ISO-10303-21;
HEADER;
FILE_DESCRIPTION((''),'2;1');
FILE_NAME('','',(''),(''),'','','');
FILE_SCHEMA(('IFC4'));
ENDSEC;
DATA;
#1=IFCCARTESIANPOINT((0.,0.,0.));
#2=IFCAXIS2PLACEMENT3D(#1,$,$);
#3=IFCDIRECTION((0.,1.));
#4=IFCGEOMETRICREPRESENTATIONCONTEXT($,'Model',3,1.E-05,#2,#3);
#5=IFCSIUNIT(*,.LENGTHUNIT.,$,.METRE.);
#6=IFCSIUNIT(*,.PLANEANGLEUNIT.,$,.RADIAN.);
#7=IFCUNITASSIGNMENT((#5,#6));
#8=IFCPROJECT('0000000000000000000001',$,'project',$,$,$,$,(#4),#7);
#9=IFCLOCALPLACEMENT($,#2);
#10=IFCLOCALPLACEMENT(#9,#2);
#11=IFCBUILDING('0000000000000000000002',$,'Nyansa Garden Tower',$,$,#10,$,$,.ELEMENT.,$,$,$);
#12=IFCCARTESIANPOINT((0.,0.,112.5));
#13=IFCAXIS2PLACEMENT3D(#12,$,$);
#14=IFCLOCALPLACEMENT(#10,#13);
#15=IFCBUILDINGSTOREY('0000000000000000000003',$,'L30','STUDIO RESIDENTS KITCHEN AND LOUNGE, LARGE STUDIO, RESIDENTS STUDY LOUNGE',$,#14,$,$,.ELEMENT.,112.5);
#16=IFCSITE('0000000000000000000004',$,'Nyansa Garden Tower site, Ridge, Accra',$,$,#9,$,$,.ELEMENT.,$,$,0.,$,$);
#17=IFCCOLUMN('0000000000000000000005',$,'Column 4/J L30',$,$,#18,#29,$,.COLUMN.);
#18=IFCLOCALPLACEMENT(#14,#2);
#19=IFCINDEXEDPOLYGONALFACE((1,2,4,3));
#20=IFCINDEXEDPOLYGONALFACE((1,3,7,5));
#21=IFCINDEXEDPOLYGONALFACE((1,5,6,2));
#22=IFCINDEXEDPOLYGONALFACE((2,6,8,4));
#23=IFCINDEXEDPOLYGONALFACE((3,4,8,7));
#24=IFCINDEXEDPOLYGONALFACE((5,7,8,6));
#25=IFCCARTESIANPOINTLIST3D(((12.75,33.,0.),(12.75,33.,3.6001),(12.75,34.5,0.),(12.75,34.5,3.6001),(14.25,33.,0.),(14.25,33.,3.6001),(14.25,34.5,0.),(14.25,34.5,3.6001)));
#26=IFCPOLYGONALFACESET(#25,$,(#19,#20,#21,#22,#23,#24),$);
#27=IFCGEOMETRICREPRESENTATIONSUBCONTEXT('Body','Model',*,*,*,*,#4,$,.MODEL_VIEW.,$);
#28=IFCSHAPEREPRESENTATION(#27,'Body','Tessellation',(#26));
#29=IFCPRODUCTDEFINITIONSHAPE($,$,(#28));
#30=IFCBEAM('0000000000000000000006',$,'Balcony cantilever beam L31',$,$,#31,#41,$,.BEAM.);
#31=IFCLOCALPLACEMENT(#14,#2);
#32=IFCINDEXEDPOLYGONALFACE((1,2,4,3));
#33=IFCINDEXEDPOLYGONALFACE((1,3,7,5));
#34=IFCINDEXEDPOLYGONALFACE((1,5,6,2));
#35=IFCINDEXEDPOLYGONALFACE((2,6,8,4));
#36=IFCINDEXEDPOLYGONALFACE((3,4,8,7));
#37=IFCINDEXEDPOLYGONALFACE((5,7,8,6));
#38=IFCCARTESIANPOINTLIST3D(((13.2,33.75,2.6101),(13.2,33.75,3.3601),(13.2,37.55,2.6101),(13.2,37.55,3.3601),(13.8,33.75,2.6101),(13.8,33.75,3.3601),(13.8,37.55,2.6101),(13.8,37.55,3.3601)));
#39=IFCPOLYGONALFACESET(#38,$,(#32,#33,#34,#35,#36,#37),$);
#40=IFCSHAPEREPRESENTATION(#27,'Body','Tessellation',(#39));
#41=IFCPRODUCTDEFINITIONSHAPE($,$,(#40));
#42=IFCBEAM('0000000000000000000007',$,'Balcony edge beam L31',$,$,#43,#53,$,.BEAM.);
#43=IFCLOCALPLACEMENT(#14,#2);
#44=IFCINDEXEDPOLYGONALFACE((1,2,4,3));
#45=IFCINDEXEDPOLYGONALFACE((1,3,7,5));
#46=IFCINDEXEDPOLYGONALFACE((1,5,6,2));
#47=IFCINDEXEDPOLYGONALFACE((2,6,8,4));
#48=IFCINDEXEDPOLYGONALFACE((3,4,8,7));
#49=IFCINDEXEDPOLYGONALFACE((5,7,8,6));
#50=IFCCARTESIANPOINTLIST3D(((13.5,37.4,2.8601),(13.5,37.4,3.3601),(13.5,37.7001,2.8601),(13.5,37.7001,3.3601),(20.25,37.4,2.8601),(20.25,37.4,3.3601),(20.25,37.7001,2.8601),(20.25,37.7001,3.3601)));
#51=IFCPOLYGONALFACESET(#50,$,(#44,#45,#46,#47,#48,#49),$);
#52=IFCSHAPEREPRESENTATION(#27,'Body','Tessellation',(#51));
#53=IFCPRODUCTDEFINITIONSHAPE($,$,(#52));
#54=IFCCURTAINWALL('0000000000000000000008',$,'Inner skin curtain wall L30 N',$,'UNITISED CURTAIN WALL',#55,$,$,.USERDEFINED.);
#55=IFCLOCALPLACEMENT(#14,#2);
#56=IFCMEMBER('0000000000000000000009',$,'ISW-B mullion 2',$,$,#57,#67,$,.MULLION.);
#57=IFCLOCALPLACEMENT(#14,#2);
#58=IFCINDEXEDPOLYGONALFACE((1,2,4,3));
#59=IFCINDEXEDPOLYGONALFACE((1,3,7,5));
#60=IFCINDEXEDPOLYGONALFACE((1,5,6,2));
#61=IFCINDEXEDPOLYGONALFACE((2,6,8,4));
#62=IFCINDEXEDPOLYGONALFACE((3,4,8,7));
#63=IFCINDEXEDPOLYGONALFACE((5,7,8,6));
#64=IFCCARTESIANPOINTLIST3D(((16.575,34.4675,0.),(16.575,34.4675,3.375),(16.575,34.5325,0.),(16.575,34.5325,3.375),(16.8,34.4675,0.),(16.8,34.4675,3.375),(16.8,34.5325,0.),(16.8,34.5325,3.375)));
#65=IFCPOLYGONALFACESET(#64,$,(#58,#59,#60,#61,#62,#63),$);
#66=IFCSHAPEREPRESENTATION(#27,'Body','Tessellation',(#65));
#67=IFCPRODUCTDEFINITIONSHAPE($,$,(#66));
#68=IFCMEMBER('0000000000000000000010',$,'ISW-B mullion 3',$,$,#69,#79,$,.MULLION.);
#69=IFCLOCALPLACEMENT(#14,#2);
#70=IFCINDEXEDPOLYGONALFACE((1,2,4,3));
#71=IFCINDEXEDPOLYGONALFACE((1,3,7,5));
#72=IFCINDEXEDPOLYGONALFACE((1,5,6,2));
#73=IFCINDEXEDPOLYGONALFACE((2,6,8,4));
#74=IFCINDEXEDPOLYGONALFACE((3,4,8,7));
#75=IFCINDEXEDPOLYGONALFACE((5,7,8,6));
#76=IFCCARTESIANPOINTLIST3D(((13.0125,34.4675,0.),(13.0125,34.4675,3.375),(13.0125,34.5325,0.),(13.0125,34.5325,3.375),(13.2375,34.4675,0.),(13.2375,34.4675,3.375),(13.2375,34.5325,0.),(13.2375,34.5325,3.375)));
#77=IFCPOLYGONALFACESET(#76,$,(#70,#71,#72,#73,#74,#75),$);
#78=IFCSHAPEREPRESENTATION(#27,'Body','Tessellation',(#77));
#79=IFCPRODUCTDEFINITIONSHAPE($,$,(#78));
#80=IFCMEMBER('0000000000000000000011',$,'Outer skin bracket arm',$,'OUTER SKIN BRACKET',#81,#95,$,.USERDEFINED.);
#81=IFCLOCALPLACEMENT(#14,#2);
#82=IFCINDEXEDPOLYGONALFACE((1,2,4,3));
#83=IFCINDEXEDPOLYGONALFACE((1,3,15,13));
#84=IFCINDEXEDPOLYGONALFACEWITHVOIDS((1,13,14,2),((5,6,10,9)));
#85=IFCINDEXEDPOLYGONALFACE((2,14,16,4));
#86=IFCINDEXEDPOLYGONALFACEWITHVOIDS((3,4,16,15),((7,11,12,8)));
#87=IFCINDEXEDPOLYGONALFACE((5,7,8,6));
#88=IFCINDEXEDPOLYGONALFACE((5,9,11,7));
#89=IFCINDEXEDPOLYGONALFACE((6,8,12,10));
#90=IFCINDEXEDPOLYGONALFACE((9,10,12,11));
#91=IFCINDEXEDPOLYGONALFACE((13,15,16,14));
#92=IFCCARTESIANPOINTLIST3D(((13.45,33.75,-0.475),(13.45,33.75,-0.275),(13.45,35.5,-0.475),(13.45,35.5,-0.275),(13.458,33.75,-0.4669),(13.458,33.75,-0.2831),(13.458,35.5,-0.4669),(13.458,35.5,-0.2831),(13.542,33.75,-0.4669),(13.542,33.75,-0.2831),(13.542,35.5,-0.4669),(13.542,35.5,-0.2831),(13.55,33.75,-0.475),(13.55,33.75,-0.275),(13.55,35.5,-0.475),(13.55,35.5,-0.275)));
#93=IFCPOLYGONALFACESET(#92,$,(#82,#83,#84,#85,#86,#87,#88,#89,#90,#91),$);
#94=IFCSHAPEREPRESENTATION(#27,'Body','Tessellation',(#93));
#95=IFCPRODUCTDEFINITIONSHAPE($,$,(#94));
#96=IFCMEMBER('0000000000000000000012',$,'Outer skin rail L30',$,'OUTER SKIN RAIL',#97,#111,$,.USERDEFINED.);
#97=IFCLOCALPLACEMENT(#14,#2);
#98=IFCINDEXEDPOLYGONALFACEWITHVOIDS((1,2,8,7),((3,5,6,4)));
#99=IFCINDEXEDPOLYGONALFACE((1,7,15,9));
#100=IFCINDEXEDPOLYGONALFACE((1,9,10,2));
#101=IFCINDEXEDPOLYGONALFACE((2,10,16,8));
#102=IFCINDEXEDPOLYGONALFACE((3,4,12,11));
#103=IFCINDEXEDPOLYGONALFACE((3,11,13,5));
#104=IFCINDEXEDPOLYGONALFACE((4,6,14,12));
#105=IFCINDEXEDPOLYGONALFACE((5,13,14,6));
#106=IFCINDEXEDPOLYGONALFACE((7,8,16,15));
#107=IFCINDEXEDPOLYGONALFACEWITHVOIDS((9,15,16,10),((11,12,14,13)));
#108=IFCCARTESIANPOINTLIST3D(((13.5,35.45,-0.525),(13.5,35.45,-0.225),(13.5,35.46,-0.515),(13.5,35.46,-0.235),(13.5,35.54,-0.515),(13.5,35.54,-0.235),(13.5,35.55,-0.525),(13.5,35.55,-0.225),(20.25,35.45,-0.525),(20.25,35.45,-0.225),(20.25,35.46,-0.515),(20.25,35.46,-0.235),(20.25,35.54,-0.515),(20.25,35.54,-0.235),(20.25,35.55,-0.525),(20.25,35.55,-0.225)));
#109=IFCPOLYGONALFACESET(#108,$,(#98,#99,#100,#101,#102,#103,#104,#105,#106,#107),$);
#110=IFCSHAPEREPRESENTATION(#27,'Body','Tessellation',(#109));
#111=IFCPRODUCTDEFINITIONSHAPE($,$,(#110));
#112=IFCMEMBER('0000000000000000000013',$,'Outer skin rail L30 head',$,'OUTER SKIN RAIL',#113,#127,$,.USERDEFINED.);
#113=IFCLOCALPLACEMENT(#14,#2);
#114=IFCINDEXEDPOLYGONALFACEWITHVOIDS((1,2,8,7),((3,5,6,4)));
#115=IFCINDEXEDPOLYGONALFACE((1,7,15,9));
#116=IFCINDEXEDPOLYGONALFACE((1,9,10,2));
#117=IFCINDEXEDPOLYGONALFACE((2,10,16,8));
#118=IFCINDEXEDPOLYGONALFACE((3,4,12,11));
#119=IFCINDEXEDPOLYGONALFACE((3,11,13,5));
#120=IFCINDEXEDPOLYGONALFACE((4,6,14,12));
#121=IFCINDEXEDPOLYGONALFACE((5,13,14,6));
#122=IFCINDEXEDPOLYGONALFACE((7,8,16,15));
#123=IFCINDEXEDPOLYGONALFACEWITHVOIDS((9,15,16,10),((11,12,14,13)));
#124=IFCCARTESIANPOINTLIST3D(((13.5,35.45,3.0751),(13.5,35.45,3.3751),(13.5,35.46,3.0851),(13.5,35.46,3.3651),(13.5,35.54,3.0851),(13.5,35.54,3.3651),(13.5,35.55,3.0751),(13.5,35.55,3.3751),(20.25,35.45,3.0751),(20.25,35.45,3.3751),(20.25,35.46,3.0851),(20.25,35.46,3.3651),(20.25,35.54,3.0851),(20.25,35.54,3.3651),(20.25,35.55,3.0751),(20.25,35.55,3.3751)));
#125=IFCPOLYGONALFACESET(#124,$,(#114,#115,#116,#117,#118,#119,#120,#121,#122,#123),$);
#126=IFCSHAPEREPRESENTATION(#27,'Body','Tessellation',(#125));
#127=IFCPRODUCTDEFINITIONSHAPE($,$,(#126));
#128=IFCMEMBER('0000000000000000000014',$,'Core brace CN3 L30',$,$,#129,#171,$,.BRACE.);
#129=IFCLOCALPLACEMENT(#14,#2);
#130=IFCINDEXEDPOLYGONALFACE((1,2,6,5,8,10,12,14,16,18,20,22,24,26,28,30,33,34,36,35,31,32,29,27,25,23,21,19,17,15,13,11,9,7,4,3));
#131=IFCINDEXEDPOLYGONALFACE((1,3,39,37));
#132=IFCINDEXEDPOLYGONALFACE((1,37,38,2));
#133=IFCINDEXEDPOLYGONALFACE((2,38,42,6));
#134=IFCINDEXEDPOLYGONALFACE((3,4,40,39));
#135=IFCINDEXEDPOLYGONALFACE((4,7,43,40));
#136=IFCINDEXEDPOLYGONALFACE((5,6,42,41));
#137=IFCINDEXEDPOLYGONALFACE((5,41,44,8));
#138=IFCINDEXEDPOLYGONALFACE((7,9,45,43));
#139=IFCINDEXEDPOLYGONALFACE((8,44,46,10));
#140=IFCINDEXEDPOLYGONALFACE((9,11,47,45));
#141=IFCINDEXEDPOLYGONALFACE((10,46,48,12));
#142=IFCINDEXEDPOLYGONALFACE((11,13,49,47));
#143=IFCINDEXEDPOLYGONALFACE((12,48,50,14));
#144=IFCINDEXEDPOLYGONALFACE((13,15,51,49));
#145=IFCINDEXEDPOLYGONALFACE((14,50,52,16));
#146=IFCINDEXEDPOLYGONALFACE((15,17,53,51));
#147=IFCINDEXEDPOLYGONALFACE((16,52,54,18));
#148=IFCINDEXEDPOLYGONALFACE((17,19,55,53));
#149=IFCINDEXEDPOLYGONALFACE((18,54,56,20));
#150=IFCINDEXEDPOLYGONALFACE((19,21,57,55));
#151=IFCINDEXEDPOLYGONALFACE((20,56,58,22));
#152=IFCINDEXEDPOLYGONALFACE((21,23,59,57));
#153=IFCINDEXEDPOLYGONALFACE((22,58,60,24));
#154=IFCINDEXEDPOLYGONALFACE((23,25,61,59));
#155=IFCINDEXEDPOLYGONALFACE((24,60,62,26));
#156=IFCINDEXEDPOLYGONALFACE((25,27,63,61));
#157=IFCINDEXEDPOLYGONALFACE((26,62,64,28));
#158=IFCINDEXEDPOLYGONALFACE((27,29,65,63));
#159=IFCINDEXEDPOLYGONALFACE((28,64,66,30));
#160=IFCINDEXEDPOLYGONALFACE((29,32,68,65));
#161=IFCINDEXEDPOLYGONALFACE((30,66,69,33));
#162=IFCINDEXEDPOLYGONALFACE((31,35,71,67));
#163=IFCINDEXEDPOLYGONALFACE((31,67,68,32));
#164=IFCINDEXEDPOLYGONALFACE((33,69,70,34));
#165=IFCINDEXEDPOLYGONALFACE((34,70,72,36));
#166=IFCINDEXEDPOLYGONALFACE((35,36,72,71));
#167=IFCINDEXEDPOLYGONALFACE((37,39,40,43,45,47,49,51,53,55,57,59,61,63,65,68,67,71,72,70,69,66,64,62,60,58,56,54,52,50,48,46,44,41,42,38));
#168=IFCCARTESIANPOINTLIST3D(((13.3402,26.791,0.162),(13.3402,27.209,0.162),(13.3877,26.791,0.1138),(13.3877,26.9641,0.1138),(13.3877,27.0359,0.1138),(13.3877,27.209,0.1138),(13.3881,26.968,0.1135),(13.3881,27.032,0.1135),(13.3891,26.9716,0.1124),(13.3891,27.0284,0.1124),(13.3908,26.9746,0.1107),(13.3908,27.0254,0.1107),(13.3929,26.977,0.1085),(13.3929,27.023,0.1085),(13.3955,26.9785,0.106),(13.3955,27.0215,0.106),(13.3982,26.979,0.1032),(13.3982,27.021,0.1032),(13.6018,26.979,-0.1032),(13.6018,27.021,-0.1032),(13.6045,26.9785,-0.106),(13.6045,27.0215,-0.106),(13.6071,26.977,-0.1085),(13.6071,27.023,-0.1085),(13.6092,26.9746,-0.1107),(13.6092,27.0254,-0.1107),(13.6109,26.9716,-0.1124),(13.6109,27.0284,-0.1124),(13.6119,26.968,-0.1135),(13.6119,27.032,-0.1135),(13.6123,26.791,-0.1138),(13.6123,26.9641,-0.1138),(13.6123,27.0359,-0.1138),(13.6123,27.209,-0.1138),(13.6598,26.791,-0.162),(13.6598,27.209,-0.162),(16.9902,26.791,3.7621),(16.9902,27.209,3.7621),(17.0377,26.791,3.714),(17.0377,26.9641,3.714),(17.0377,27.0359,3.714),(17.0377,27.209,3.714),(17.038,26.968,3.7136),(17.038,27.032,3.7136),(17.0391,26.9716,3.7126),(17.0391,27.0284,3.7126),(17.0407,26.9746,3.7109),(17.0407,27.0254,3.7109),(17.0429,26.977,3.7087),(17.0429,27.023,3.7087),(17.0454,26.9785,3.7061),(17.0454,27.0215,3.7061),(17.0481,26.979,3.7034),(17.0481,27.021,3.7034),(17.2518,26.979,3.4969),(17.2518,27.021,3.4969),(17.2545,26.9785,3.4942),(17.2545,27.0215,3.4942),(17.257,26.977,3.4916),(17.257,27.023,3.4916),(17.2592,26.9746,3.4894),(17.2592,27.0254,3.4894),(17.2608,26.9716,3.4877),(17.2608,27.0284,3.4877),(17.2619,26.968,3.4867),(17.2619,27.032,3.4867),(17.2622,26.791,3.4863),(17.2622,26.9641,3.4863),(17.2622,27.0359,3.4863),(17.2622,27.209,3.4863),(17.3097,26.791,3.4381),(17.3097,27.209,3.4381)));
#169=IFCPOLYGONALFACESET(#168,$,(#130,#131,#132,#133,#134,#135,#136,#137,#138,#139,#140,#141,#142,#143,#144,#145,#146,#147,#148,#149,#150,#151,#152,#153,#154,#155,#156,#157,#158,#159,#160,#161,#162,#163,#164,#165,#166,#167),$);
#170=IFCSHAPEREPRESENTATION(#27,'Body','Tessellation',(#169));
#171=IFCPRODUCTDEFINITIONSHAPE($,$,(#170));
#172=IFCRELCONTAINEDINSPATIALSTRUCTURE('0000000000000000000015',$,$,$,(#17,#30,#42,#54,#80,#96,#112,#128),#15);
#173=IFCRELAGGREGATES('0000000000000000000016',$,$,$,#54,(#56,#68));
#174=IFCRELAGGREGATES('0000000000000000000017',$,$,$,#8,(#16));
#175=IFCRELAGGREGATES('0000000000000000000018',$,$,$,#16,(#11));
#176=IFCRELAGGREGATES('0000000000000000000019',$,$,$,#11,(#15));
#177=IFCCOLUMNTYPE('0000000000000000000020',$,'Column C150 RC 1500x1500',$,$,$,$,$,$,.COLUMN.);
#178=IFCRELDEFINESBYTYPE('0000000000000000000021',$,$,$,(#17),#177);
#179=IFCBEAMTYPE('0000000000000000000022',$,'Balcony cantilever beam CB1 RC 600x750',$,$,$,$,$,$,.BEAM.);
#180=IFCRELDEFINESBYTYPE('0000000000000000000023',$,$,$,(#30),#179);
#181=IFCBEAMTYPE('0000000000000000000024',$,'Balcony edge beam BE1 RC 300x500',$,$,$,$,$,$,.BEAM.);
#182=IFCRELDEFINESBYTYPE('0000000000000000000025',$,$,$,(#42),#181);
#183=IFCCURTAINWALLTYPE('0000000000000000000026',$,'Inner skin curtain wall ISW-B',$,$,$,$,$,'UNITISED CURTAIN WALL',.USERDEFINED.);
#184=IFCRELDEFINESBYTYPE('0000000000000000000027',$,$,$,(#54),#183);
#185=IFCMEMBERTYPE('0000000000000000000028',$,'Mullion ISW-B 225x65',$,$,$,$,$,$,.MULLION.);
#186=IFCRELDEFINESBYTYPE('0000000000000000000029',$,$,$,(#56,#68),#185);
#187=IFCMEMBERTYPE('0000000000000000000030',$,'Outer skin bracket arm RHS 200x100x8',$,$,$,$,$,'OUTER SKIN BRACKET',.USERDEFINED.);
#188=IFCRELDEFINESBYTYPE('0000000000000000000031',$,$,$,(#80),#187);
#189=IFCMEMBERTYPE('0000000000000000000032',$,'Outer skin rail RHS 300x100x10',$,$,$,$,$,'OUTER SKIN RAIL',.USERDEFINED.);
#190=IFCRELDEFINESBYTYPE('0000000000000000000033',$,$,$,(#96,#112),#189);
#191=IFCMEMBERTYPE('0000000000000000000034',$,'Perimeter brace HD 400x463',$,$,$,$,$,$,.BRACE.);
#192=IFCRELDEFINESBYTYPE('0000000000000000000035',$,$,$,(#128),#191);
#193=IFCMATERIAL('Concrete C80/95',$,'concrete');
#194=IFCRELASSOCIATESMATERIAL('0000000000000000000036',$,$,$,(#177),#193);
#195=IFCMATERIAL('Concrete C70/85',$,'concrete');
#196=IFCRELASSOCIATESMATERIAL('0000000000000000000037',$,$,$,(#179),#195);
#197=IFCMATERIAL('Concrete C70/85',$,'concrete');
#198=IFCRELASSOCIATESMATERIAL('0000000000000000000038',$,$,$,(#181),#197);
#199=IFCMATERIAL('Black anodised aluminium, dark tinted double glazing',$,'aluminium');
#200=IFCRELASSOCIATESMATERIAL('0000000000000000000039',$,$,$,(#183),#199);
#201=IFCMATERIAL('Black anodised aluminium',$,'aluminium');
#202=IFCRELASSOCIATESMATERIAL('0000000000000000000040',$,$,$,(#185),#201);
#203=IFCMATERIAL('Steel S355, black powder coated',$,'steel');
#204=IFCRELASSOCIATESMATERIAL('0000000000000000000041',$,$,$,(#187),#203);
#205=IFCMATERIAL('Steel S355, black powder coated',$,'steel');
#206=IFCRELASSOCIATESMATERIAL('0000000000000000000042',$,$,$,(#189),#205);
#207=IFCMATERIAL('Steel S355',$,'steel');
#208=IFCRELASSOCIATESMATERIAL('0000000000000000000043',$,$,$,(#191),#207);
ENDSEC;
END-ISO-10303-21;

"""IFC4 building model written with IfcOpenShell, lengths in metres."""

from ifc_helpers import new_model, si_unit, direction, frame, origin, origin_2d, place, context, subcontext, project, spatial, rectangle, hollow_rectangle, i_section, extrude, material, material_profile, profile_set, type_object, element, aggregate, save


model = new_model("IFC4")

# Units and contexts
model_context = context("Model", 3, precision=1e-05, world=origin(), true_north=direction((0.0, 1.0)))
body_context = subcontext(model_context, "Body", "Model", "MODEL_VIEW")
ifc_project = project(units=[si_unit("LENGTHUNIT", "METRE"), si_unit("PLANEANGLEUNIT", "RADIAN")], contexts=[model_context])

# Site, building, storey
site_placement = place(None, origin())
site = spatial("IfcSite", under=ifc_project, at=site_placement, Name="Nyansa Garden Tower site, Ridge, Accra", CompositionType="ELEMENT", RefElevation=0.0)
building_placement = place(site_placement, origin())
building = spatial("IfcBuilding", under=site, at=building_placement, Name="Nyansa Garden Tower", CompositionType="ELEMENT")
storey_placement = place(building_placement, frame((0.0, 0.0, 112.5)))
storey = spatial("IfcBuildingStorey", under=building, at=storey_placement, Name="L30", Description="STUDIO RESIDENTS KITCHEN AND LOUNGE, LARGE STUDIO, RESIDENTS STUDY LOUNGE", CompositionType="ELEMENT", Elevation=112.5)

# Column
ifc_material_1 = material(Name="Concrete C80/95", Category="concrete")
ifc_material_profile_1 = material_profile(ifc_material_1, rectangle(XDim=1.5, YDim=1.5, at=origin_2d()), Name="RC 1500x1500")
ifc_profile_set_1 = profile_set([ifc_material_profile_1], Name="Concrete C80/95")
column_type = type_object("IfcColumnType", Name="Column C150 RC 1500x1500", PredefinedType="COLUMN", material=ifc_profile_set_1)
column_placement = place(storey_placement, frame((13.5, 33.75, 0.0), z_axis=(0.0, 0.0, 1.0), x_axis=(1.0, 0.0, 0.0)))
element("IfcColumn", 1, at=column_placement, inside=storey, type_object=column_type, Name="Column 4/J L30", PredefinedType="COLUMN", context=body_context, shape_type="SweptSolid", body=[
    extrude(rectangle(XDim=1.5, YDim=1.5, at=origin_2d()), origin(), (0.0, 0.0, 1.0), 3.6001),
])

# Beams
ifc_material_2 = material(Name="Concrete C70/85", Category="concrete")
ifc_material_profile_2 = material_profile(ifc_material_2, rectangle(XDim=0.6001, YDim=0.75, at=origin_2d()), Name="RC 600x750")
ifc_profile_set_2 = profile_set([ifc_material_profile_2], Name="Concrete C70/85")
beam_type_1 = type_object("IfcBeamType", Name="Balcony cantilever beam CB1 RC 600x750", PredefinedType="BEAM", material=ifc_profile_set_2)
beam_1_placement = place(storey_placement, frame((13.5, 33.75, 2.9851), z_axis=(0.0, 1.0, 0.0), x_axis=(-1.0, 0.0, 0.0)))
element("IfcBeam", 2, at=beam_1_placement, inside=storey, type_object=beam_type_1, Name="Balcony cantilever beam L31", PredefinedType="BEAM", context=body_context, shape_type="SweptSolid", body=[
    extrude(rectangle(XDim=0.6001, YDim=0.75, at=origin_2d()), origin(), (0.0, 0.0, 1.0), 3.8),
])
ifc_material_3 = material(Name="Concrete C70/85", Category="concrete")
ifc_material_profile_3 = material_profile(ifc_material_3, rectangle(XDim=0.3, YDim=0.5, at=origin_2d()), Name="RC 300x500")
ifc_profile_set_3 = profile_set([ifc_material_profile_3], Name="Concrete C70/85")
beam_type_2 = type_object("IfcBeamType", Name="Balcony edge beam BE1 RC 300x500", PredefinedType="BEAM", material=ifc_profile_set_3)
beam_2_placement = place(storey_placement, frame((13.5, 37.55, 3.1101), z_axis=(1.0, 0.0, 0.0), x_axis=(0.0, 1.0, 0.0)))
element("IfcBeam", 3, at=beam_2_placement, inside=storey, type_object=beam_type_2, Name="Balcony edge beam L31", PredefinedType="BEAM", context=body_context, shape_type="SweptSolid", body=[
    extrude(rectangle(XDim=0.3, YDim=0.5, at=origin_2d()), origin(), (0.0, 0.0, 1.0), 6.75),
])

# Curtain wall, members
ifc_material_4 = material(Name="Black anodised aluminium, dark tinted double glazing", Category="aluminium")
curtain_wall_type = type_object("IfcCurtainWallType", Name="Inner skin curtain wall ISW-B", ElementType="UNITISED CURTAIN WALL", PredefinedType="USERDEFINED", material=ifc_material_4)
curtain_wall_placement = place(storey_placement, origin())
curtain_wall = element("IfcCurtainWall", 4, at=curtain_wall_placement, inside=storey, type_object=curtain_wall_type, Name="Inner skin curtain wall L30 N", ObjectType="UNITISED CURTAIN WALL", PredefinedType="USERDEFINED")
ifc_material_5 = material(Name="Black anodised aluminium", Category="aluminium")
ifc_material_profile_4 = material_profile(ifc_material_5, rectangle(XDim=0.0649, YDim=0.2251, at=origin_2d()), Name="Mullion 225x65")
ifc_profile_set_4 = profile_set([ifc_material_profile_4], Name="Black anodised aluminium")
member_type_1 = type_object("IfcMemberType", Name="Mullion ISW-B 225x65", PredefinedType="MULLION", material=ifc_profile_set_4)
member_1_placement = place(storey_placement, frame((16.6875, 34.5, 0.0), z_axis=(0.0, 0.0, 1.0), x_axis=(0.0, -1.0, 0.0)))
member_1 = element("IfcMember", 5, at=member_1_placement, type_object=member_type_1, Name="ISW-B mullion 2", PredefinedType="MULLION", context=body_context, shape_type="SweptSolid", body=[
    extrude(rectangle(XDim=0.0649, YDim=0.2251, at=origin_2d()), origin(), (0.0, 0.0, 1.0), 3.375),
])
member_2_placement = place(storey_placement, frame((13.125, 34.5, 0.0), z_axis=(0.0, 0.0, 1.0), x_axis=(0.0, -1.0, 0.0)))
member_2 = element("IfcMember", 6, at=member_2_placement, type_object=member_type_1, Name="ISW-B mullion 3", PredefinedType="MULLION", context=body_context, shape_type="SweptSolid", body=[
    extrude(rectangle(XDim=0.0649, YDim=0.2251, at=origin_2d()), origin(), (0.0, 0.0, 1.0), 3.375),
])

# Members
ifc_material_6 = material(Name="Steel S355, black powder coated", Category="steel")
ifc_material_profile_5 = material_profile(ifc_material_6, hollow_rectangle(XDim=0.1001, YDim=0.2, WallThickness=0.0081, at=origin_2d()), Name="RHS 200x100x8")
ifc_profile_set_5 = profile_set([ifc_material_profile_5], Name="Steel S355, black powder coated")
member_type_2 = type_object("IfcMemberType", Name="Outer skin bracket arm RHS 200x100x8", ElementType="OUTER SKIN BRACKET", PredefinedType="USERDEFINED", material=ifc_profile_set_5)
member_3_placement = place(storey_placement, frame((13.5, 33.75, -0.375), z_axis=(0.0, 1.0, 0.0), x_axis=(-1.0, 0.0, 0.0)))
element("IfcMember", 7, at=member_3_placement, inside=storey, type_object=member_type_2, Name="Outer skin bracket arm", ObjectType="OUTER SKIN BRACKET", PredefinedType="USERDEFINED", context=body_context, shape_type="SweptSolid", body=[
    extrude(hollow_rectangle(XDim=0.1001, YDim=0.2, WallThickness=0.0081, at=origin_2d()), origin(), (0.0, 0.0, 1.0), 1.75),
])
ifc_material_7 = material(Name="Steel S355, black powder coated", Category="steel")
ifc_material_profile_6 = material_profile(ifc_material_7, hollow_rectangle(XDim=0.1001, YDim=0.3, WallThickness=0.01, at=origin_2d()), Name="RHS 300x100x10")
ifc_profile_set_6 = profile_set([ifc_material_profile_6], Name="Steel S355, black powder coated")
member_type_3 = type_object("IfcMemberType", Name="Outer skin rail RHS 300x100x10", ElementType="OUTER SKIN RAIL", PredefinedType="USERDEFINED", material=ifc_profile_set_6)
for number, where, z_axis, x_axis, name in (
    (8, (13.5, 35.5, -0.375), (1.0, 0.0, 0.0), (0.0, 1.0, 0.0), "Outer skin rail L30"),
    (9, (13.5, 35.5, 3.2251), (1.0, 0.0, 0.0), (0.0, 1.0, 0.0), "Outer skin rail L30 head"),
):
    element("IfcMember", number, at=place(storey_placement, frame(where, z_axis=z_axis, x_axis=x_axis)), inside=storey, type_object=member_type_3, Name=name, ObjectType="OUTER SKIN RAIL", PredefinedType="USERDEFINED", context=body_context, shape_type="SweptSolid", body=[
        extrude(hollow_rectangle(XDim=0.1001, YDim=0.3, WallThickness=0.01, at=origin_2d()), origin(), (0.0, 0.0, 1.0), 6.75),
    ])
ifc_material_8 = material(Name="Steel S355", Category="steel")
ifc_material_profile_7 = material_profile(ifc_material_8, i_section(OverallWidth=0.418, OverallDepth=0.4551, WebThickness=0.042, FlangeThickness=0.0676, FilletRadius=0.0149, at=origin_2d()), Name="HD 400x463")
ifc_profile_set_7 = profile_set([ifc_material_profile_7], Name="Steel S355")
member_type_4 = type_object("IfcMemberType", Name="Perimeter brace HD 400x463", PredefinedType="BRACE", material=ifc_profile_set_7)
member_4_placement = place(storey_placement, frame((13.5, 27.0, 0.0), z_axis=(0.711948, 0.0, 0.702233), x_axis=(0.0, 1.0, 0.0)))
element("IfcMember", 10, at=member_4_placement, inside=storey, type_object=member_type_4, Name="Core brace CN3 L30", PredefinedType="BRACE", context=body_context, shape_type="SweptSolid", body=[
    extrude(i_section(OverallWidth=0.418, OverallDepth=0.4551, WebThickness=0.042, FlangeThickness=0.0676, FilletRadius=0.0149, at=origin_2d()), origin(), (0.0, 0.0, 1.0), 5.1267),
])

aggregate(curtain_wall, [member_1, member_2])

save(model, "model.ifc")
